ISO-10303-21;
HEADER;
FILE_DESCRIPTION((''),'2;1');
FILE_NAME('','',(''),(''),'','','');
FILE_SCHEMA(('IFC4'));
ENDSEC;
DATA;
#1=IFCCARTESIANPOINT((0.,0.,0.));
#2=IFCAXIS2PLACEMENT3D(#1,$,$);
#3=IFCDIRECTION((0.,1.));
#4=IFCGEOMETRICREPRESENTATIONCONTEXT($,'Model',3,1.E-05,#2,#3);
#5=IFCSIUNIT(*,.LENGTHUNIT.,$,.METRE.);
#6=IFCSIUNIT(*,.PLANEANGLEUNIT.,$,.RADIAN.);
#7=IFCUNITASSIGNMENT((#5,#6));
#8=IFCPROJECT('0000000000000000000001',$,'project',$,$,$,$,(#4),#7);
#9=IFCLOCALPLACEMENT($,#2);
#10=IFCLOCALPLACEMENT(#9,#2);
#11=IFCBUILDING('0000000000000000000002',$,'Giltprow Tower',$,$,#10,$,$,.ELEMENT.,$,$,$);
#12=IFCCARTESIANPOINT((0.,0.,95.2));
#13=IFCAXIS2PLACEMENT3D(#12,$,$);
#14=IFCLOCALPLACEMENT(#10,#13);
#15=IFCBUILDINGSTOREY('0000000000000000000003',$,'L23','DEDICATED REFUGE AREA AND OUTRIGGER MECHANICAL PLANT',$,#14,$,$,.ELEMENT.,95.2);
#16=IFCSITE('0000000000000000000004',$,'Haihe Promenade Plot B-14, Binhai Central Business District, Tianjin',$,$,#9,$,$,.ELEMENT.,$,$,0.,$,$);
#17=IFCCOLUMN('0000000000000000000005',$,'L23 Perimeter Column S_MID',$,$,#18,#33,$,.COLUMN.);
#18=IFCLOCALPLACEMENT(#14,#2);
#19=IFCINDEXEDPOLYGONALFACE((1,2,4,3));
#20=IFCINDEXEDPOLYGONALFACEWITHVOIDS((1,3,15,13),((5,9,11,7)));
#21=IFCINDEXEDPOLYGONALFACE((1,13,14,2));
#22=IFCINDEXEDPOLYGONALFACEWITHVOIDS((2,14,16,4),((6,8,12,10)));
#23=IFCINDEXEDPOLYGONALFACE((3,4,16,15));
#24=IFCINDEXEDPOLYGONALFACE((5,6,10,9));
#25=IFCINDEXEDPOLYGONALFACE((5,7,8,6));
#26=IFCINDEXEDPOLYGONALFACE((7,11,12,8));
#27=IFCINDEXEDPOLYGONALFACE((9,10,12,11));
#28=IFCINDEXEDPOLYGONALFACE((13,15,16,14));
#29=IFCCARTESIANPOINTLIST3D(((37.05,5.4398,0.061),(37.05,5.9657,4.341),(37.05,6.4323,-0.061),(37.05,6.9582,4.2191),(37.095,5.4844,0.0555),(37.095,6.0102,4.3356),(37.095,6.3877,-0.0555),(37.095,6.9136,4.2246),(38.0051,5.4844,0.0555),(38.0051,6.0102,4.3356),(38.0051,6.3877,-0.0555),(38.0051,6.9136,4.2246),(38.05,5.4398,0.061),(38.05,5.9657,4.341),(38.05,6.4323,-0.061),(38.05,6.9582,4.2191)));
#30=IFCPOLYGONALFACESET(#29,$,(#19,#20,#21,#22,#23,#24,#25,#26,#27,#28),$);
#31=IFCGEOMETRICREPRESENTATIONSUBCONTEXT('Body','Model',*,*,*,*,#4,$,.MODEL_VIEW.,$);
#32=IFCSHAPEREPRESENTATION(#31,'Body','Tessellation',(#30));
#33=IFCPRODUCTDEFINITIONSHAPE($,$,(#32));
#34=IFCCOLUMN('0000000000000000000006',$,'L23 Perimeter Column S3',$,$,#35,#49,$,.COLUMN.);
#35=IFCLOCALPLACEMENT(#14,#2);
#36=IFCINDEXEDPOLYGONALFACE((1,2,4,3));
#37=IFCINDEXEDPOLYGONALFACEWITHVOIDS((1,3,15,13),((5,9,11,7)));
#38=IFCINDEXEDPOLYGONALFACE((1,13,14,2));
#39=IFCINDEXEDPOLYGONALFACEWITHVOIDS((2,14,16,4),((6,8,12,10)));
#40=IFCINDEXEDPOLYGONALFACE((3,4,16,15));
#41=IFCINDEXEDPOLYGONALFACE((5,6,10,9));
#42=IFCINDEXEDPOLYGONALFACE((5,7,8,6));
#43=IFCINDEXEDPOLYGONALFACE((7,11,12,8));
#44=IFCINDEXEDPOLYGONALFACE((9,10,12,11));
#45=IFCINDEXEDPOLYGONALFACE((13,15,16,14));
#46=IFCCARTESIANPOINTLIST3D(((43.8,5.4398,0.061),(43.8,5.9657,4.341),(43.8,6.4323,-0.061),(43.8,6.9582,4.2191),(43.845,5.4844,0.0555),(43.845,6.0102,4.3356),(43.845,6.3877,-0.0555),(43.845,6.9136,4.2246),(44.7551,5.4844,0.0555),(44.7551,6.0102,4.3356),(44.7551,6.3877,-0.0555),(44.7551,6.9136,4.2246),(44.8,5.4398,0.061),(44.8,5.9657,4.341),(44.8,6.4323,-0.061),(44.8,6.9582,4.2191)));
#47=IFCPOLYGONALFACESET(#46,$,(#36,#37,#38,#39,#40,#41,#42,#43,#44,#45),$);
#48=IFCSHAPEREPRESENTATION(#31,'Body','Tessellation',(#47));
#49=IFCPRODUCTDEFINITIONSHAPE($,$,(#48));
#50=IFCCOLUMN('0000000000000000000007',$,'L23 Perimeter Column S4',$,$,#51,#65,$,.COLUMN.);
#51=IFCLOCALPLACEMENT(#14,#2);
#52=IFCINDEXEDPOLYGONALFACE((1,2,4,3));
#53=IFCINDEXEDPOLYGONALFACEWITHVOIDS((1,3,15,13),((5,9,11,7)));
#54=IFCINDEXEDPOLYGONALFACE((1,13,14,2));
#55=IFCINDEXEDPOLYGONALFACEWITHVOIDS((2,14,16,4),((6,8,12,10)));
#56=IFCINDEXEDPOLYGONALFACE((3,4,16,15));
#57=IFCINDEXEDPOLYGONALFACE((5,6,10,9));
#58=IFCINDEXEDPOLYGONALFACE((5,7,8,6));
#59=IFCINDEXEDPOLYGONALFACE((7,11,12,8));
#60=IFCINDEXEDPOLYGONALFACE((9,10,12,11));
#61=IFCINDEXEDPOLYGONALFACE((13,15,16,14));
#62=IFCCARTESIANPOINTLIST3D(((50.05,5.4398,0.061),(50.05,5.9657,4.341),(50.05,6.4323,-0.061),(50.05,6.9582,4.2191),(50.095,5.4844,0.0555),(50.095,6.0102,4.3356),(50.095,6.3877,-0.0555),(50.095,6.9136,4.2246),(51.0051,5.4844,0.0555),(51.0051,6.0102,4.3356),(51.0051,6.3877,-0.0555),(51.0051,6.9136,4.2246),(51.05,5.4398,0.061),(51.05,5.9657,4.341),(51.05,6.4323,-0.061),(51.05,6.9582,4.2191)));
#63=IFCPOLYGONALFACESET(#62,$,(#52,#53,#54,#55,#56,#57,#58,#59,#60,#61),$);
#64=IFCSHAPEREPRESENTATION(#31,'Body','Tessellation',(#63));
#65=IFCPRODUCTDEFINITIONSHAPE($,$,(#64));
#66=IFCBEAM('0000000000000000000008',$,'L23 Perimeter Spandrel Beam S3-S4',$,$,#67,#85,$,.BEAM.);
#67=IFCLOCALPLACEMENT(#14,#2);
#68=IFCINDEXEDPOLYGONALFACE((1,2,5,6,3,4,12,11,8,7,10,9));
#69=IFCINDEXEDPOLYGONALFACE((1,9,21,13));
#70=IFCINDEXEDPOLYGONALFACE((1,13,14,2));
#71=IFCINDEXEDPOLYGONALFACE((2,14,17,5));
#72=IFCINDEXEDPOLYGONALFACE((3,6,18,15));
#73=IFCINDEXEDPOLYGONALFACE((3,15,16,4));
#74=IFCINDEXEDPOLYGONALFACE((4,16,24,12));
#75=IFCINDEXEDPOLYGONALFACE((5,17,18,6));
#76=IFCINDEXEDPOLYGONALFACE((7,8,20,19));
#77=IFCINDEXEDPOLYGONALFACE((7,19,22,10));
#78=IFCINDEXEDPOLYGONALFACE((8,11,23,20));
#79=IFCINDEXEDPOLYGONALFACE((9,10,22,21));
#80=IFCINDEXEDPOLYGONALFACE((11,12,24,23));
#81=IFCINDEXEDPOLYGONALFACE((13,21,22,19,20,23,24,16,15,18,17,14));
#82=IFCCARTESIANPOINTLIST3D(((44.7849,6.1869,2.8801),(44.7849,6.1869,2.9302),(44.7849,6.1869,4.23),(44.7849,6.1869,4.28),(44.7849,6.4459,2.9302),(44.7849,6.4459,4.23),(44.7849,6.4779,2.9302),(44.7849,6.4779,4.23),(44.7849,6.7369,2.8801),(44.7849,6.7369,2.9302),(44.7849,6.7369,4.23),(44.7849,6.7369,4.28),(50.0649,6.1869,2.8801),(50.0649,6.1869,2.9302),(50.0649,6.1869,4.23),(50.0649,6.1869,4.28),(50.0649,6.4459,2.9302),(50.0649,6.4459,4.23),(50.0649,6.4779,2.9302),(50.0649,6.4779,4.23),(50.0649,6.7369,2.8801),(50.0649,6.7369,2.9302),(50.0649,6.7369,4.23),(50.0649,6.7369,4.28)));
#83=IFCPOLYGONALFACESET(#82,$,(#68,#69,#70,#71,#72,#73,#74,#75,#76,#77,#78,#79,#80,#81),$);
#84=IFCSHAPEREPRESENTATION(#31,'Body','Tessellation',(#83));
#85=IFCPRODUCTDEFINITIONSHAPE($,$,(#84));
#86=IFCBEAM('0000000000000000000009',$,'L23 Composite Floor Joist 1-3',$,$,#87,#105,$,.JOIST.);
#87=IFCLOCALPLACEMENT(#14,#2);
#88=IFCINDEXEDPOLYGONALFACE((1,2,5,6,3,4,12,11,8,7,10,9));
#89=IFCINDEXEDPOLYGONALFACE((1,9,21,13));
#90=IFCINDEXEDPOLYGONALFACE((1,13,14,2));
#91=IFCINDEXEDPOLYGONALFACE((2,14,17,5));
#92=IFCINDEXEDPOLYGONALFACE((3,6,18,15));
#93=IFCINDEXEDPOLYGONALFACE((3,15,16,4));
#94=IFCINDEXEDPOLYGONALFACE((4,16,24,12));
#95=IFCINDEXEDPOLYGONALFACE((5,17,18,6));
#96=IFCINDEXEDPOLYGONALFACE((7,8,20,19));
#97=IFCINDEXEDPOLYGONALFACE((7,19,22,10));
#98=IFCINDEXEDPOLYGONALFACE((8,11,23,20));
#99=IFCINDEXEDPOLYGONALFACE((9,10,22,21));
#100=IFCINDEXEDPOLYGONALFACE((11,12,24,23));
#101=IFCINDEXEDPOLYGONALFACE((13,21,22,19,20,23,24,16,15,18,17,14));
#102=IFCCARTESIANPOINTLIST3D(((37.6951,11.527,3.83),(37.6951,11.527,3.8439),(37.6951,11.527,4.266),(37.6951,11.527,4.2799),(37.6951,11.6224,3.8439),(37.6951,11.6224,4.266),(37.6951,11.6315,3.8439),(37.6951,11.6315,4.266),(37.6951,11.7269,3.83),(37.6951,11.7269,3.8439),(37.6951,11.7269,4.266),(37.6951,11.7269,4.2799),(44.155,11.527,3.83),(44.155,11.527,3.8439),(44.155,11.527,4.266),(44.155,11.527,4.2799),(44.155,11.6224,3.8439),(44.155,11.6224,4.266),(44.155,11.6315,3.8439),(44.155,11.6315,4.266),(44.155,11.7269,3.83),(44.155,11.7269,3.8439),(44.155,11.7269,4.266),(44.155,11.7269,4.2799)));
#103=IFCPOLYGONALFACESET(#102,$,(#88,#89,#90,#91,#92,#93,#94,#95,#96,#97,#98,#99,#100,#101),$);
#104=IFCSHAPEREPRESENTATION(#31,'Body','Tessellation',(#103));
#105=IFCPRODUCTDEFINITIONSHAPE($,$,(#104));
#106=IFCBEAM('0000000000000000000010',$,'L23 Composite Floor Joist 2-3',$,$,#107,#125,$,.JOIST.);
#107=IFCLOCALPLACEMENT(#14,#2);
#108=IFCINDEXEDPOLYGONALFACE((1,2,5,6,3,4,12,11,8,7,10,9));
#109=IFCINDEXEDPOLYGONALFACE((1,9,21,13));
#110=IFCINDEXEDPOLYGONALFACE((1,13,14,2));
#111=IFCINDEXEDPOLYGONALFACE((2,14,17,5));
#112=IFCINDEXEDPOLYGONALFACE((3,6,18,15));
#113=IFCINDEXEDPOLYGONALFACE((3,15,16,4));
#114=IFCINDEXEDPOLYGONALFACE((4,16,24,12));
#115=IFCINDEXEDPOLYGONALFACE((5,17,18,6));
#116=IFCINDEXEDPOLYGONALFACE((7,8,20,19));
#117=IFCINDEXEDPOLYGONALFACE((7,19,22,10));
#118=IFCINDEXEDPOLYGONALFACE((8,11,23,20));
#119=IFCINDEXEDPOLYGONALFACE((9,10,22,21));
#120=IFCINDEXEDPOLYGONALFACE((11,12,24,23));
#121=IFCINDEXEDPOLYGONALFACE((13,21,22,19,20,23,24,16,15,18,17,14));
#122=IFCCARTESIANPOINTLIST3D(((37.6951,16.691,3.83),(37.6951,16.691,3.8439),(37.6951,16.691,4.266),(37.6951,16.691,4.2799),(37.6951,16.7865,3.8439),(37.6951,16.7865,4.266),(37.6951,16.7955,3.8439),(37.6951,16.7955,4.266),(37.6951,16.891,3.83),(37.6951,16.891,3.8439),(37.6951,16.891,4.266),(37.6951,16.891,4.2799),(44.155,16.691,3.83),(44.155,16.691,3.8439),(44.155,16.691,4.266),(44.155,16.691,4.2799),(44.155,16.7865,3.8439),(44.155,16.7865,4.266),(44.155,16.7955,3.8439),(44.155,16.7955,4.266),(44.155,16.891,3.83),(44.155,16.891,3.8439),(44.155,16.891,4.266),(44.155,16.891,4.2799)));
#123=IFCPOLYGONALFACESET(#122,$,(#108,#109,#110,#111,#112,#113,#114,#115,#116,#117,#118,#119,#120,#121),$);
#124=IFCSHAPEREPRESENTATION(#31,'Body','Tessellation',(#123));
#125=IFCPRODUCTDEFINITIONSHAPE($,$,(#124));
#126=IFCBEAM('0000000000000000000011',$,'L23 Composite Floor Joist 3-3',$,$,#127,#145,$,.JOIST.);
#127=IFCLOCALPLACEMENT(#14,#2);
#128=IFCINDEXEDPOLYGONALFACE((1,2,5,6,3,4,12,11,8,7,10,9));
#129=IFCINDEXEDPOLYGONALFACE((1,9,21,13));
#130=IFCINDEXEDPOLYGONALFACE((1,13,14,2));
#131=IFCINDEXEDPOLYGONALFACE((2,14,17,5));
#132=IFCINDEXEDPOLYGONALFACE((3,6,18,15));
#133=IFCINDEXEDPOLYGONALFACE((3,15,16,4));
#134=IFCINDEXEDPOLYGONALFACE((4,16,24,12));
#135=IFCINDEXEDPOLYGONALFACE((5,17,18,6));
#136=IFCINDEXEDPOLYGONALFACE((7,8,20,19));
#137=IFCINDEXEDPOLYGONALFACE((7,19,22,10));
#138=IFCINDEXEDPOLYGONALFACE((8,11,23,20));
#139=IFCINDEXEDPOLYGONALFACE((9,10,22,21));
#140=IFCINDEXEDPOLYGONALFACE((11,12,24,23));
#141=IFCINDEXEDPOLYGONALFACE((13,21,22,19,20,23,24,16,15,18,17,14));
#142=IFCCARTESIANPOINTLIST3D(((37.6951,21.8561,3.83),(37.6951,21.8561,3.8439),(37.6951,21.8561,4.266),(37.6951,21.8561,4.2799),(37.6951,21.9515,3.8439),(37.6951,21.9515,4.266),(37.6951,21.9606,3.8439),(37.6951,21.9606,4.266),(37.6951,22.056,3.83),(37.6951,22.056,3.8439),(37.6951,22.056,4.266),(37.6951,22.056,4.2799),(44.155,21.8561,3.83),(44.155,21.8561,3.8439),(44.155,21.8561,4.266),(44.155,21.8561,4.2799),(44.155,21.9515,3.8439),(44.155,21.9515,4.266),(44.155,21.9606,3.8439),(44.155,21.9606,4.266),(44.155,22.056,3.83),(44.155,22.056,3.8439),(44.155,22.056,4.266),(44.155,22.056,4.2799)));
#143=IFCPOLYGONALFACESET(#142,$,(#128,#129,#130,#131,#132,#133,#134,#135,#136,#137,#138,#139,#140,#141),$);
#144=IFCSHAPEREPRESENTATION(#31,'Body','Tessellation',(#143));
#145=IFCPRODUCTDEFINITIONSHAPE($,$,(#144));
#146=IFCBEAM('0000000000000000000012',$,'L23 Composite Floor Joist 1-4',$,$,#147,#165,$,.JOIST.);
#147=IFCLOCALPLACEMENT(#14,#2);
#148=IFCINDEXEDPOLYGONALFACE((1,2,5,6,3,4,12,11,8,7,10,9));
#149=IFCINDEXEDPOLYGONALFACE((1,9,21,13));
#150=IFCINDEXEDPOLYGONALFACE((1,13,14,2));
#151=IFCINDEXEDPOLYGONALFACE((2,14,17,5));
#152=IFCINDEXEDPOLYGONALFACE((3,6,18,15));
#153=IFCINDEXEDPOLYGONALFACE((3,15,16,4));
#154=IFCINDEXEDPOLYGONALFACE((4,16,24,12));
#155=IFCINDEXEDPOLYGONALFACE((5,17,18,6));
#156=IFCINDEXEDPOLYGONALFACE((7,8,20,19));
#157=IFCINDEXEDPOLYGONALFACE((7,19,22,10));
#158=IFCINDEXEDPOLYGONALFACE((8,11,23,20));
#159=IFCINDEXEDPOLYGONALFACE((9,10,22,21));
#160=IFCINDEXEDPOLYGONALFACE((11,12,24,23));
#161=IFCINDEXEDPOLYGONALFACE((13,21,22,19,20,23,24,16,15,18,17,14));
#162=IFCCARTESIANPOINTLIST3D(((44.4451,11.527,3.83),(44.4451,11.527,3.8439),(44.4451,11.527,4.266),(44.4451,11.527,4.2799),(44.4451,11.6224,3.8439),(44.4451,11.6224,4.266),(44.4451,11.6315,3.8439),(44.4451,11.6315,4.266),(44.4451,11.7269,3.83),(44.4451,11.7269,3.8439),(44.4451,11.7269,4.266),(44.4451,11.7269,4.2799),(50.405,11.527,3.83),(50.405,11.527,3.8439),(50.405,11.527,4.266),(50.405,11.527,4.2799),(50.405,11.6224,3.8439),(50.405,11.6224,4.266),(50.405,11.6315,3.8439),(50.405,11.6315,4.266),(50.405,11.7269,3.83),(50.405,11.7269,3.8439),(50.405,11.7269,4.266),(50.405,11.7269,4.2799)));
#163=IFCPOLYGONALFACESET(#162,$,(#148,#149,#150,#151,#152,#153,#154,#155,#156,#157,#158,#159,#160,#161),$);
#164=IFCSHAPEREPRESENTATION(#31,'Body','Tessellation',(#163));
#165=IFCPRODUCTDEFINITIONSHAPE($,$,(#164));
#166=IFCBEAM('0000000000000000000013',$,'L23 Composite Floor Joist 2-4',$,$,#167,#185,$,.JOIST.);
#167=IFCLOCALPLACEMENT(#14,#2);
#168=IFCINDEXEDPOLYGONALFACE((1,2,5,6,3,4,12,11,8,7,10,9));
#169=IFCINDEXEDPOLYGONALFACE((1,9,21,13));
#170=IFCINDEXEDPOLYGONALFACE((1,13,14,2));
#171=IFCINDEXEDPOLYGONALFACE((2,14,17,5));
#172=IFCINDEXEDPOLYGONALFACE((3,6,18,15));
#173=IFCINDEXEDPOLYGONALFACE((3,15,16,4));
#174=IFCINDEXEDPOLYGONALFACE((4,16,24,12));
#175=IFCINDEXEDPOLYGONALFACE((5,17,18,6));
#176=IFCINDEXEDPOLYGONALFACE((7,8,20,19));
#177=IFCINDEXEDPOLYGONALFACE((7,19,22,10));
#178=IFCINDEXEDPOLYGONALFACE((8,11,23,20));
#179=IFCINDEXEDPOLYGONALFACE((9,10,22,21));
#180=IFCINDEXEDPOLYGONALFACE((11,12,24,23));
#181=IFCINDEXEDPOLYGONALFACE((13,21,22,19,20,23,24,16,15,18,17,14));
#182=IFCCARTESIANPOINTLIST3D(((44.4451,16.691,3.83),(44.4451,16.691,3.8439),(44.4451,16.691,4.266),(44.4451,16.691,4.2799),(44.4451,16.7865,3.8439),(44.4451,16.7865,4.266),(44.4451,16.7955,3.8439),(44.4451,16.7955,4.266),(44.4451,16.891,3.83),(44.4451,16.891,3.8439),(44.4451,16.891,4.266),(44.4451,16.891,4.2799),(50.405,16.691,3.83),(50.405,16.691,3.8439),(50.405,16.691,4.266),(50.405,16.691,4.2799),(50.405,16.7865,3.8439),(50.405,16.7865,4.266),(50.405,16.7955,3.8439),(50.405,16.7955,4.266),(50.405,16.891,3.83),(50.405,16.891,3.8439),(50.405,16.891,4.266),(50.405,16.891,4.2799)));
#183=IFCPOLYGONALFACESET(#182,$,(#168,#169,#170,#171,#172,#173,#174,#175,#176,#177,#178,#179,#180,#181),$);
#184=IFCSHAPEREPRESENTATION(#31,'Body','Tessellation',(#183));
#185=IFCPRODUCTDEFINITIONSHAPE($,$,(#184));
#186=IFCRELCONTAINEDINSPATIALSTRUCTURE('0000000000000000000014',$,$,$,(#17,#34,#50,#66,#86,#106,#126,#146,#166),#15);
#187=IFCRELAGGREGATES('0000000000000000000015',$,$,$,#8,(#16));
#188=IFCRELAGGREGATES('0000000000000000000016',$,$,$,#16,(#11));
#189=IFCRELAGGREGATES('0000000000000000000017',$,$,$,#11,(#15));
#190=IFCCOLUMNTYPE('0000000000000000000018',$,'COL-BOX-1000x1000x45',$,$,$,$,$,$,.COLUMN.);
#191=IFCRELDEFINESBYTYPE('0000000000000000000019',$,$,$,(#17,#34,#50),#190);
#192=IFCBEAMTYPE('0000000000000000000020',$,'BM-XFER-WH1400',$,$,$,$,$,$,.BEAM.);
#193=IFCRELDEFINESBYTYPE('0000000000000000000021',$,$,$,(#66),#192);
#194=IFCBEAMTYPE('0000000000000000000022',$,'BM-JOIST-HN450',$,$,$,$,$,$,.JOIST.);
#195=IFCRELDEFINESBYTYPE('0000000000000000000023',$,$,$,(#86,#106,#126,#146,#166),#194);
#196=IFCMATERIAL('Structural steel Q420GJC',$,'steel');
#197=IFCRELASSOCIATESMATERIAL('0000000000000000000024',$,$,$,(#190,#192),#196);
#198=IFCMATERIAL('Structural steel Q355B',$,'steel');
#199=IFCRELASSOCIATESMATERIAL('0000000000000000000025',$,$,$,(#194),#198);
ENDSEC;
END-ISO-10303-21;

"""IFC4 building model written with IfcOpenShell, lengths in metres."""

from ifc_helpers import new_model, si_unit, direction, frame, origin, origin_2d, place, context, subcontext, project, spatial, hollow_rectangle, i_section, extrude, source, transform, mapped, material, material_profile, profile_set, type_object, element, save


model = new_model("IFC4")

# Units and contexts
model_context = context("Model", 3, precision=1e-05, world=origin(), true_north=direction((0.0, 1.0)))
body_context = subcontext(model_context, "Body", "Model", "MODEL_VIEW")
ifc_project = project(units=[si_unit("LENGTHUNIT", "METRE"), si_unit("PLANEANGLEUNIT", "RADIAN")], contexts=[model_context])

# Site, building, storey
site_placement = place(None, origin())
site = spatial("IfcSite", under=ifc_project, at=site_placement, Name="Haihe Promenade Plot B-14, Binhai Central Business District, Tianjin", CompositionType="ELEMENT", RefElevation=0.0)
building_placement = place(site_placement, origin())
building = spatial("IfcBuilding", under=site, at=building_placement, Name="Giltprow Tower", CompositionType="ELEMENT")
storey_placement = place(building_placement, frame((0.0, 0.0, 95.2)))
storey = spatial("IfcBuildingStorey", under=building, at=storey_placement, Name="L23", Description="DEDICATED REFUGE AREA AND OUTRIGGER MECHANICAL PLANT", CompositionType="ELEMENT", Elevation=95.2)

# Columns
ifc_material_1 = material(Name="Structural steel Q420GJC", Category="steel")
ifc_material_profile_1 = material_profile(ifc_material_1, hollow_rectangle(XDim=1.0, YDim=1.0, WallThickness=0.0449, at=origin_2d()), Name="BOX 1000x1000x45")
ifc_profile_set_1 = profile_set([ifc_material_profile_1], Name="Structural steel Q420GJC")
column_type = type_object("IfcColumnType", Name="COL-BOX-1000x1000x45", PredefinedType="COLUMN", material=ifc_profile_set_1)
shared_shape_1 = source(origin(), body_context, "Body", "SweptSolid", [
    extrude(hollow_rectangle(XDim=1.0, YDim=1.0, WallThickness=0.0449, at=origin_2d()), origin(), (0.0, 0.0, 1.0), 4.3123),
])
for number, where, z_axis, x_axis, name in (
    (1, (37.55, 5.936, 0.0), (0.0, 0.121951, 0.992536), (-1.0, 0.0, 0.0), "L23 Perimeter Column S_MID"),
    (2, (44.3, 5.936, 0.0), (0.0, 0.121951, 0.992536), (-1.0, 0.0, 0.0), "L23 Perimeter Column S3"),
    (3, (50.55, 5.936, 0.0), (0.0, 0.121951, 0.992536), (-1.0, 0.0, 0.0), "L23 Perimeter Column S4"),
):
    element("IfcColumn", number, at=place(storey_placement, frame(where, z_axis=z_axis, x_axis=x_axis)), inside=storey, type_object=column_type, Name=name, PredefinedType="COLUMN", context=body_context, shape_type="MappedRepresentation", body=[
        mapped(shared_shape_1, transform((0.0, 0.0, 0.0), x_axis=(1.0, 0.0, 0.0), y_axis=(0.0, 1.0, 0.0), z_axis=(0.0, 0.0, 1.0), scale=1.0)),
    ])

# Beams
ifc_material_profile_2 = material_profile(ifc_material_1, i_section(OverallWidth=0.55, OverallDepth=1.3999, WebThickness=0.032, FlangeThickness=0.05, at=origin_2d()), Name="WH 1400x550x32x50")
ifc_profile_set_2 = profile_set([ifc_material_profile_2], Name="Structural steel Q420GJC")
beam_type_1 = type_object("IfcBeamType", Name="BM-XFER-WH1400", PredefinedType="BEAM", material=ifc_profile_set_2)
shared_shape_2 = source(origin(), body_context, "Body", "SweptSolid", [
    extrude(i_section(OverallWidth=0.55, OverallDepth=1.3999, WebThickness=0.032, FlangeThickness=0.05, at=origin_2d()), origin(), (0.0, 0.0, 1.0), 5.28),
])
beam_1_placement = place(storey_placement, frame((44.7849, 6.4619, 3.5801), z_axis=(1.0, 0.0, 0.0), x_axis=(0.0, 1.0, 0.0)))
element("IfcBeam", 4, at=beam_1_placement, inside=storey, type_object=beam_type_1, Name="L23 Perimeter Spandrel Beam S3-S4", PredefinedType="BEAM", context=body_context, shape_type="MappedRepresentation", body=[
    mapped(shared_shape_2, transform((0.0, 0.0, 0.0), x_axis=(1.0, 0.0, 0.0), y_axis=(0.0, 1.0, 0.0), z_axis=(0.0, 0.0, 1.0), scale=1.0)),
])
ifc_material_2 = material(Name="Structural steel Q355B", Category="steel")
ifc_material_profile_3 = material_profile(ifc_material_2, i_section(OverallWidth=0.2, OverallDepth=0.45, WebThickness=0.009, FlangeThickness=0.0139, at=origin_2d()), Name="HN 450x200x9x14")
ifc_profile_set_3 = profile_set([ifc_material_profile_3], Name="Structural steel Q355B")
beam_type_2 = type_object("IfcBeamType", Name="BM-JOIST-HN450", PredefinedType="JOIST", material=ifc_profile_set_3)
shared_shape_3 = source(origin(), body_context, "Body", "SweptSolid", [
    extrude(i_section(OverallWidth=0.2, OverallDepth=0.45, WebThickness=0.009, FlangeThickness=0.0139, at=origin_2d()), origin(), (0.0, 0.0, 1.0), 6.46),
])
for number, where, z_axis, x_axis, name in (
    (5, (37.6951, 11.627, 4.0549), (1.0, 0.0, 0.0), (0.0, 1.0, 0.0), "L23 Composite Floor Joist 1-3"),
    (6, (37.6951, 16.791, 4.0549), (1.0, 0.0, 0.0), (0.0, 1.0, 0.0), "L23 Composite Floor Joist 2-3"),
    (7, (37.6951, 21.9561, 4.0549), (1.0, 0.0, 0.0), (0.0, 1.0, 0.0), "L23 Composite Floor Joist 3-3"),
):
    element("IfcBeam", number, at=place(storey_placement, frame(where, z_axis=z_axis, x_axis=x_axis)), inside=storey, type_object=beam_type_2, Name=name, PredefinedType="JOIST", context=body_context, shape_type="MappedRepresentation", body=[
        mapped(shared_shape_3, transform((0.0, 0.0, 0.0), x_axis=(1.0, 0.0, 0.0), y_axis=(0.0, 1.0, 0.0), z_axis=(0.0, 0.0, 1.0), scale=1.0)),
    ])
shared_shape_4 = source(origin(), body_context, "Body", "SweptSolid", [
    extrude(i_section(OverallWidth=0.2, OverallDepth=0.45, WebThickness=0.009, FlangeThickness=0.0139, at=origin_2d()), origin(), (0.0, 0.0, 1.0), 5.96),
])
for number, where, z_axis, x_axis, name in (
    (8, (44.4451, 11.627, 4.0549), (1.0, 0.0, 0.0), (0.0, 1.0, 0.0), "L23 Composite Floor Joist 1-4"),
    (9, (44.4451, 16.791, 4.0549), (1.0, 0.0, 0.0), (0.0, 1.0, 0.0), "L23 Composite Floor Joist 2-4"),
):
    element("IfcBeam", number, at=place(storey_placement, frame(where, z_axis=z_axis, x_axis=x_axis)), inside=storey, type_object=beam_type_2, Name=name, PredefinedType="JOIST", context=body_context, shape_type="MappedRepresentation", body=[
        mapped(shared_shape_4, transform((0.0, 0.0, 0.0), x_axis=(1.0, 0.0, 0.0), y_axis=(0.0, 1.0, 0.0), z_axis=(0.0, 0.0, 1.0), scale=1.0)),
    ])

save(model, "model.ifc")
